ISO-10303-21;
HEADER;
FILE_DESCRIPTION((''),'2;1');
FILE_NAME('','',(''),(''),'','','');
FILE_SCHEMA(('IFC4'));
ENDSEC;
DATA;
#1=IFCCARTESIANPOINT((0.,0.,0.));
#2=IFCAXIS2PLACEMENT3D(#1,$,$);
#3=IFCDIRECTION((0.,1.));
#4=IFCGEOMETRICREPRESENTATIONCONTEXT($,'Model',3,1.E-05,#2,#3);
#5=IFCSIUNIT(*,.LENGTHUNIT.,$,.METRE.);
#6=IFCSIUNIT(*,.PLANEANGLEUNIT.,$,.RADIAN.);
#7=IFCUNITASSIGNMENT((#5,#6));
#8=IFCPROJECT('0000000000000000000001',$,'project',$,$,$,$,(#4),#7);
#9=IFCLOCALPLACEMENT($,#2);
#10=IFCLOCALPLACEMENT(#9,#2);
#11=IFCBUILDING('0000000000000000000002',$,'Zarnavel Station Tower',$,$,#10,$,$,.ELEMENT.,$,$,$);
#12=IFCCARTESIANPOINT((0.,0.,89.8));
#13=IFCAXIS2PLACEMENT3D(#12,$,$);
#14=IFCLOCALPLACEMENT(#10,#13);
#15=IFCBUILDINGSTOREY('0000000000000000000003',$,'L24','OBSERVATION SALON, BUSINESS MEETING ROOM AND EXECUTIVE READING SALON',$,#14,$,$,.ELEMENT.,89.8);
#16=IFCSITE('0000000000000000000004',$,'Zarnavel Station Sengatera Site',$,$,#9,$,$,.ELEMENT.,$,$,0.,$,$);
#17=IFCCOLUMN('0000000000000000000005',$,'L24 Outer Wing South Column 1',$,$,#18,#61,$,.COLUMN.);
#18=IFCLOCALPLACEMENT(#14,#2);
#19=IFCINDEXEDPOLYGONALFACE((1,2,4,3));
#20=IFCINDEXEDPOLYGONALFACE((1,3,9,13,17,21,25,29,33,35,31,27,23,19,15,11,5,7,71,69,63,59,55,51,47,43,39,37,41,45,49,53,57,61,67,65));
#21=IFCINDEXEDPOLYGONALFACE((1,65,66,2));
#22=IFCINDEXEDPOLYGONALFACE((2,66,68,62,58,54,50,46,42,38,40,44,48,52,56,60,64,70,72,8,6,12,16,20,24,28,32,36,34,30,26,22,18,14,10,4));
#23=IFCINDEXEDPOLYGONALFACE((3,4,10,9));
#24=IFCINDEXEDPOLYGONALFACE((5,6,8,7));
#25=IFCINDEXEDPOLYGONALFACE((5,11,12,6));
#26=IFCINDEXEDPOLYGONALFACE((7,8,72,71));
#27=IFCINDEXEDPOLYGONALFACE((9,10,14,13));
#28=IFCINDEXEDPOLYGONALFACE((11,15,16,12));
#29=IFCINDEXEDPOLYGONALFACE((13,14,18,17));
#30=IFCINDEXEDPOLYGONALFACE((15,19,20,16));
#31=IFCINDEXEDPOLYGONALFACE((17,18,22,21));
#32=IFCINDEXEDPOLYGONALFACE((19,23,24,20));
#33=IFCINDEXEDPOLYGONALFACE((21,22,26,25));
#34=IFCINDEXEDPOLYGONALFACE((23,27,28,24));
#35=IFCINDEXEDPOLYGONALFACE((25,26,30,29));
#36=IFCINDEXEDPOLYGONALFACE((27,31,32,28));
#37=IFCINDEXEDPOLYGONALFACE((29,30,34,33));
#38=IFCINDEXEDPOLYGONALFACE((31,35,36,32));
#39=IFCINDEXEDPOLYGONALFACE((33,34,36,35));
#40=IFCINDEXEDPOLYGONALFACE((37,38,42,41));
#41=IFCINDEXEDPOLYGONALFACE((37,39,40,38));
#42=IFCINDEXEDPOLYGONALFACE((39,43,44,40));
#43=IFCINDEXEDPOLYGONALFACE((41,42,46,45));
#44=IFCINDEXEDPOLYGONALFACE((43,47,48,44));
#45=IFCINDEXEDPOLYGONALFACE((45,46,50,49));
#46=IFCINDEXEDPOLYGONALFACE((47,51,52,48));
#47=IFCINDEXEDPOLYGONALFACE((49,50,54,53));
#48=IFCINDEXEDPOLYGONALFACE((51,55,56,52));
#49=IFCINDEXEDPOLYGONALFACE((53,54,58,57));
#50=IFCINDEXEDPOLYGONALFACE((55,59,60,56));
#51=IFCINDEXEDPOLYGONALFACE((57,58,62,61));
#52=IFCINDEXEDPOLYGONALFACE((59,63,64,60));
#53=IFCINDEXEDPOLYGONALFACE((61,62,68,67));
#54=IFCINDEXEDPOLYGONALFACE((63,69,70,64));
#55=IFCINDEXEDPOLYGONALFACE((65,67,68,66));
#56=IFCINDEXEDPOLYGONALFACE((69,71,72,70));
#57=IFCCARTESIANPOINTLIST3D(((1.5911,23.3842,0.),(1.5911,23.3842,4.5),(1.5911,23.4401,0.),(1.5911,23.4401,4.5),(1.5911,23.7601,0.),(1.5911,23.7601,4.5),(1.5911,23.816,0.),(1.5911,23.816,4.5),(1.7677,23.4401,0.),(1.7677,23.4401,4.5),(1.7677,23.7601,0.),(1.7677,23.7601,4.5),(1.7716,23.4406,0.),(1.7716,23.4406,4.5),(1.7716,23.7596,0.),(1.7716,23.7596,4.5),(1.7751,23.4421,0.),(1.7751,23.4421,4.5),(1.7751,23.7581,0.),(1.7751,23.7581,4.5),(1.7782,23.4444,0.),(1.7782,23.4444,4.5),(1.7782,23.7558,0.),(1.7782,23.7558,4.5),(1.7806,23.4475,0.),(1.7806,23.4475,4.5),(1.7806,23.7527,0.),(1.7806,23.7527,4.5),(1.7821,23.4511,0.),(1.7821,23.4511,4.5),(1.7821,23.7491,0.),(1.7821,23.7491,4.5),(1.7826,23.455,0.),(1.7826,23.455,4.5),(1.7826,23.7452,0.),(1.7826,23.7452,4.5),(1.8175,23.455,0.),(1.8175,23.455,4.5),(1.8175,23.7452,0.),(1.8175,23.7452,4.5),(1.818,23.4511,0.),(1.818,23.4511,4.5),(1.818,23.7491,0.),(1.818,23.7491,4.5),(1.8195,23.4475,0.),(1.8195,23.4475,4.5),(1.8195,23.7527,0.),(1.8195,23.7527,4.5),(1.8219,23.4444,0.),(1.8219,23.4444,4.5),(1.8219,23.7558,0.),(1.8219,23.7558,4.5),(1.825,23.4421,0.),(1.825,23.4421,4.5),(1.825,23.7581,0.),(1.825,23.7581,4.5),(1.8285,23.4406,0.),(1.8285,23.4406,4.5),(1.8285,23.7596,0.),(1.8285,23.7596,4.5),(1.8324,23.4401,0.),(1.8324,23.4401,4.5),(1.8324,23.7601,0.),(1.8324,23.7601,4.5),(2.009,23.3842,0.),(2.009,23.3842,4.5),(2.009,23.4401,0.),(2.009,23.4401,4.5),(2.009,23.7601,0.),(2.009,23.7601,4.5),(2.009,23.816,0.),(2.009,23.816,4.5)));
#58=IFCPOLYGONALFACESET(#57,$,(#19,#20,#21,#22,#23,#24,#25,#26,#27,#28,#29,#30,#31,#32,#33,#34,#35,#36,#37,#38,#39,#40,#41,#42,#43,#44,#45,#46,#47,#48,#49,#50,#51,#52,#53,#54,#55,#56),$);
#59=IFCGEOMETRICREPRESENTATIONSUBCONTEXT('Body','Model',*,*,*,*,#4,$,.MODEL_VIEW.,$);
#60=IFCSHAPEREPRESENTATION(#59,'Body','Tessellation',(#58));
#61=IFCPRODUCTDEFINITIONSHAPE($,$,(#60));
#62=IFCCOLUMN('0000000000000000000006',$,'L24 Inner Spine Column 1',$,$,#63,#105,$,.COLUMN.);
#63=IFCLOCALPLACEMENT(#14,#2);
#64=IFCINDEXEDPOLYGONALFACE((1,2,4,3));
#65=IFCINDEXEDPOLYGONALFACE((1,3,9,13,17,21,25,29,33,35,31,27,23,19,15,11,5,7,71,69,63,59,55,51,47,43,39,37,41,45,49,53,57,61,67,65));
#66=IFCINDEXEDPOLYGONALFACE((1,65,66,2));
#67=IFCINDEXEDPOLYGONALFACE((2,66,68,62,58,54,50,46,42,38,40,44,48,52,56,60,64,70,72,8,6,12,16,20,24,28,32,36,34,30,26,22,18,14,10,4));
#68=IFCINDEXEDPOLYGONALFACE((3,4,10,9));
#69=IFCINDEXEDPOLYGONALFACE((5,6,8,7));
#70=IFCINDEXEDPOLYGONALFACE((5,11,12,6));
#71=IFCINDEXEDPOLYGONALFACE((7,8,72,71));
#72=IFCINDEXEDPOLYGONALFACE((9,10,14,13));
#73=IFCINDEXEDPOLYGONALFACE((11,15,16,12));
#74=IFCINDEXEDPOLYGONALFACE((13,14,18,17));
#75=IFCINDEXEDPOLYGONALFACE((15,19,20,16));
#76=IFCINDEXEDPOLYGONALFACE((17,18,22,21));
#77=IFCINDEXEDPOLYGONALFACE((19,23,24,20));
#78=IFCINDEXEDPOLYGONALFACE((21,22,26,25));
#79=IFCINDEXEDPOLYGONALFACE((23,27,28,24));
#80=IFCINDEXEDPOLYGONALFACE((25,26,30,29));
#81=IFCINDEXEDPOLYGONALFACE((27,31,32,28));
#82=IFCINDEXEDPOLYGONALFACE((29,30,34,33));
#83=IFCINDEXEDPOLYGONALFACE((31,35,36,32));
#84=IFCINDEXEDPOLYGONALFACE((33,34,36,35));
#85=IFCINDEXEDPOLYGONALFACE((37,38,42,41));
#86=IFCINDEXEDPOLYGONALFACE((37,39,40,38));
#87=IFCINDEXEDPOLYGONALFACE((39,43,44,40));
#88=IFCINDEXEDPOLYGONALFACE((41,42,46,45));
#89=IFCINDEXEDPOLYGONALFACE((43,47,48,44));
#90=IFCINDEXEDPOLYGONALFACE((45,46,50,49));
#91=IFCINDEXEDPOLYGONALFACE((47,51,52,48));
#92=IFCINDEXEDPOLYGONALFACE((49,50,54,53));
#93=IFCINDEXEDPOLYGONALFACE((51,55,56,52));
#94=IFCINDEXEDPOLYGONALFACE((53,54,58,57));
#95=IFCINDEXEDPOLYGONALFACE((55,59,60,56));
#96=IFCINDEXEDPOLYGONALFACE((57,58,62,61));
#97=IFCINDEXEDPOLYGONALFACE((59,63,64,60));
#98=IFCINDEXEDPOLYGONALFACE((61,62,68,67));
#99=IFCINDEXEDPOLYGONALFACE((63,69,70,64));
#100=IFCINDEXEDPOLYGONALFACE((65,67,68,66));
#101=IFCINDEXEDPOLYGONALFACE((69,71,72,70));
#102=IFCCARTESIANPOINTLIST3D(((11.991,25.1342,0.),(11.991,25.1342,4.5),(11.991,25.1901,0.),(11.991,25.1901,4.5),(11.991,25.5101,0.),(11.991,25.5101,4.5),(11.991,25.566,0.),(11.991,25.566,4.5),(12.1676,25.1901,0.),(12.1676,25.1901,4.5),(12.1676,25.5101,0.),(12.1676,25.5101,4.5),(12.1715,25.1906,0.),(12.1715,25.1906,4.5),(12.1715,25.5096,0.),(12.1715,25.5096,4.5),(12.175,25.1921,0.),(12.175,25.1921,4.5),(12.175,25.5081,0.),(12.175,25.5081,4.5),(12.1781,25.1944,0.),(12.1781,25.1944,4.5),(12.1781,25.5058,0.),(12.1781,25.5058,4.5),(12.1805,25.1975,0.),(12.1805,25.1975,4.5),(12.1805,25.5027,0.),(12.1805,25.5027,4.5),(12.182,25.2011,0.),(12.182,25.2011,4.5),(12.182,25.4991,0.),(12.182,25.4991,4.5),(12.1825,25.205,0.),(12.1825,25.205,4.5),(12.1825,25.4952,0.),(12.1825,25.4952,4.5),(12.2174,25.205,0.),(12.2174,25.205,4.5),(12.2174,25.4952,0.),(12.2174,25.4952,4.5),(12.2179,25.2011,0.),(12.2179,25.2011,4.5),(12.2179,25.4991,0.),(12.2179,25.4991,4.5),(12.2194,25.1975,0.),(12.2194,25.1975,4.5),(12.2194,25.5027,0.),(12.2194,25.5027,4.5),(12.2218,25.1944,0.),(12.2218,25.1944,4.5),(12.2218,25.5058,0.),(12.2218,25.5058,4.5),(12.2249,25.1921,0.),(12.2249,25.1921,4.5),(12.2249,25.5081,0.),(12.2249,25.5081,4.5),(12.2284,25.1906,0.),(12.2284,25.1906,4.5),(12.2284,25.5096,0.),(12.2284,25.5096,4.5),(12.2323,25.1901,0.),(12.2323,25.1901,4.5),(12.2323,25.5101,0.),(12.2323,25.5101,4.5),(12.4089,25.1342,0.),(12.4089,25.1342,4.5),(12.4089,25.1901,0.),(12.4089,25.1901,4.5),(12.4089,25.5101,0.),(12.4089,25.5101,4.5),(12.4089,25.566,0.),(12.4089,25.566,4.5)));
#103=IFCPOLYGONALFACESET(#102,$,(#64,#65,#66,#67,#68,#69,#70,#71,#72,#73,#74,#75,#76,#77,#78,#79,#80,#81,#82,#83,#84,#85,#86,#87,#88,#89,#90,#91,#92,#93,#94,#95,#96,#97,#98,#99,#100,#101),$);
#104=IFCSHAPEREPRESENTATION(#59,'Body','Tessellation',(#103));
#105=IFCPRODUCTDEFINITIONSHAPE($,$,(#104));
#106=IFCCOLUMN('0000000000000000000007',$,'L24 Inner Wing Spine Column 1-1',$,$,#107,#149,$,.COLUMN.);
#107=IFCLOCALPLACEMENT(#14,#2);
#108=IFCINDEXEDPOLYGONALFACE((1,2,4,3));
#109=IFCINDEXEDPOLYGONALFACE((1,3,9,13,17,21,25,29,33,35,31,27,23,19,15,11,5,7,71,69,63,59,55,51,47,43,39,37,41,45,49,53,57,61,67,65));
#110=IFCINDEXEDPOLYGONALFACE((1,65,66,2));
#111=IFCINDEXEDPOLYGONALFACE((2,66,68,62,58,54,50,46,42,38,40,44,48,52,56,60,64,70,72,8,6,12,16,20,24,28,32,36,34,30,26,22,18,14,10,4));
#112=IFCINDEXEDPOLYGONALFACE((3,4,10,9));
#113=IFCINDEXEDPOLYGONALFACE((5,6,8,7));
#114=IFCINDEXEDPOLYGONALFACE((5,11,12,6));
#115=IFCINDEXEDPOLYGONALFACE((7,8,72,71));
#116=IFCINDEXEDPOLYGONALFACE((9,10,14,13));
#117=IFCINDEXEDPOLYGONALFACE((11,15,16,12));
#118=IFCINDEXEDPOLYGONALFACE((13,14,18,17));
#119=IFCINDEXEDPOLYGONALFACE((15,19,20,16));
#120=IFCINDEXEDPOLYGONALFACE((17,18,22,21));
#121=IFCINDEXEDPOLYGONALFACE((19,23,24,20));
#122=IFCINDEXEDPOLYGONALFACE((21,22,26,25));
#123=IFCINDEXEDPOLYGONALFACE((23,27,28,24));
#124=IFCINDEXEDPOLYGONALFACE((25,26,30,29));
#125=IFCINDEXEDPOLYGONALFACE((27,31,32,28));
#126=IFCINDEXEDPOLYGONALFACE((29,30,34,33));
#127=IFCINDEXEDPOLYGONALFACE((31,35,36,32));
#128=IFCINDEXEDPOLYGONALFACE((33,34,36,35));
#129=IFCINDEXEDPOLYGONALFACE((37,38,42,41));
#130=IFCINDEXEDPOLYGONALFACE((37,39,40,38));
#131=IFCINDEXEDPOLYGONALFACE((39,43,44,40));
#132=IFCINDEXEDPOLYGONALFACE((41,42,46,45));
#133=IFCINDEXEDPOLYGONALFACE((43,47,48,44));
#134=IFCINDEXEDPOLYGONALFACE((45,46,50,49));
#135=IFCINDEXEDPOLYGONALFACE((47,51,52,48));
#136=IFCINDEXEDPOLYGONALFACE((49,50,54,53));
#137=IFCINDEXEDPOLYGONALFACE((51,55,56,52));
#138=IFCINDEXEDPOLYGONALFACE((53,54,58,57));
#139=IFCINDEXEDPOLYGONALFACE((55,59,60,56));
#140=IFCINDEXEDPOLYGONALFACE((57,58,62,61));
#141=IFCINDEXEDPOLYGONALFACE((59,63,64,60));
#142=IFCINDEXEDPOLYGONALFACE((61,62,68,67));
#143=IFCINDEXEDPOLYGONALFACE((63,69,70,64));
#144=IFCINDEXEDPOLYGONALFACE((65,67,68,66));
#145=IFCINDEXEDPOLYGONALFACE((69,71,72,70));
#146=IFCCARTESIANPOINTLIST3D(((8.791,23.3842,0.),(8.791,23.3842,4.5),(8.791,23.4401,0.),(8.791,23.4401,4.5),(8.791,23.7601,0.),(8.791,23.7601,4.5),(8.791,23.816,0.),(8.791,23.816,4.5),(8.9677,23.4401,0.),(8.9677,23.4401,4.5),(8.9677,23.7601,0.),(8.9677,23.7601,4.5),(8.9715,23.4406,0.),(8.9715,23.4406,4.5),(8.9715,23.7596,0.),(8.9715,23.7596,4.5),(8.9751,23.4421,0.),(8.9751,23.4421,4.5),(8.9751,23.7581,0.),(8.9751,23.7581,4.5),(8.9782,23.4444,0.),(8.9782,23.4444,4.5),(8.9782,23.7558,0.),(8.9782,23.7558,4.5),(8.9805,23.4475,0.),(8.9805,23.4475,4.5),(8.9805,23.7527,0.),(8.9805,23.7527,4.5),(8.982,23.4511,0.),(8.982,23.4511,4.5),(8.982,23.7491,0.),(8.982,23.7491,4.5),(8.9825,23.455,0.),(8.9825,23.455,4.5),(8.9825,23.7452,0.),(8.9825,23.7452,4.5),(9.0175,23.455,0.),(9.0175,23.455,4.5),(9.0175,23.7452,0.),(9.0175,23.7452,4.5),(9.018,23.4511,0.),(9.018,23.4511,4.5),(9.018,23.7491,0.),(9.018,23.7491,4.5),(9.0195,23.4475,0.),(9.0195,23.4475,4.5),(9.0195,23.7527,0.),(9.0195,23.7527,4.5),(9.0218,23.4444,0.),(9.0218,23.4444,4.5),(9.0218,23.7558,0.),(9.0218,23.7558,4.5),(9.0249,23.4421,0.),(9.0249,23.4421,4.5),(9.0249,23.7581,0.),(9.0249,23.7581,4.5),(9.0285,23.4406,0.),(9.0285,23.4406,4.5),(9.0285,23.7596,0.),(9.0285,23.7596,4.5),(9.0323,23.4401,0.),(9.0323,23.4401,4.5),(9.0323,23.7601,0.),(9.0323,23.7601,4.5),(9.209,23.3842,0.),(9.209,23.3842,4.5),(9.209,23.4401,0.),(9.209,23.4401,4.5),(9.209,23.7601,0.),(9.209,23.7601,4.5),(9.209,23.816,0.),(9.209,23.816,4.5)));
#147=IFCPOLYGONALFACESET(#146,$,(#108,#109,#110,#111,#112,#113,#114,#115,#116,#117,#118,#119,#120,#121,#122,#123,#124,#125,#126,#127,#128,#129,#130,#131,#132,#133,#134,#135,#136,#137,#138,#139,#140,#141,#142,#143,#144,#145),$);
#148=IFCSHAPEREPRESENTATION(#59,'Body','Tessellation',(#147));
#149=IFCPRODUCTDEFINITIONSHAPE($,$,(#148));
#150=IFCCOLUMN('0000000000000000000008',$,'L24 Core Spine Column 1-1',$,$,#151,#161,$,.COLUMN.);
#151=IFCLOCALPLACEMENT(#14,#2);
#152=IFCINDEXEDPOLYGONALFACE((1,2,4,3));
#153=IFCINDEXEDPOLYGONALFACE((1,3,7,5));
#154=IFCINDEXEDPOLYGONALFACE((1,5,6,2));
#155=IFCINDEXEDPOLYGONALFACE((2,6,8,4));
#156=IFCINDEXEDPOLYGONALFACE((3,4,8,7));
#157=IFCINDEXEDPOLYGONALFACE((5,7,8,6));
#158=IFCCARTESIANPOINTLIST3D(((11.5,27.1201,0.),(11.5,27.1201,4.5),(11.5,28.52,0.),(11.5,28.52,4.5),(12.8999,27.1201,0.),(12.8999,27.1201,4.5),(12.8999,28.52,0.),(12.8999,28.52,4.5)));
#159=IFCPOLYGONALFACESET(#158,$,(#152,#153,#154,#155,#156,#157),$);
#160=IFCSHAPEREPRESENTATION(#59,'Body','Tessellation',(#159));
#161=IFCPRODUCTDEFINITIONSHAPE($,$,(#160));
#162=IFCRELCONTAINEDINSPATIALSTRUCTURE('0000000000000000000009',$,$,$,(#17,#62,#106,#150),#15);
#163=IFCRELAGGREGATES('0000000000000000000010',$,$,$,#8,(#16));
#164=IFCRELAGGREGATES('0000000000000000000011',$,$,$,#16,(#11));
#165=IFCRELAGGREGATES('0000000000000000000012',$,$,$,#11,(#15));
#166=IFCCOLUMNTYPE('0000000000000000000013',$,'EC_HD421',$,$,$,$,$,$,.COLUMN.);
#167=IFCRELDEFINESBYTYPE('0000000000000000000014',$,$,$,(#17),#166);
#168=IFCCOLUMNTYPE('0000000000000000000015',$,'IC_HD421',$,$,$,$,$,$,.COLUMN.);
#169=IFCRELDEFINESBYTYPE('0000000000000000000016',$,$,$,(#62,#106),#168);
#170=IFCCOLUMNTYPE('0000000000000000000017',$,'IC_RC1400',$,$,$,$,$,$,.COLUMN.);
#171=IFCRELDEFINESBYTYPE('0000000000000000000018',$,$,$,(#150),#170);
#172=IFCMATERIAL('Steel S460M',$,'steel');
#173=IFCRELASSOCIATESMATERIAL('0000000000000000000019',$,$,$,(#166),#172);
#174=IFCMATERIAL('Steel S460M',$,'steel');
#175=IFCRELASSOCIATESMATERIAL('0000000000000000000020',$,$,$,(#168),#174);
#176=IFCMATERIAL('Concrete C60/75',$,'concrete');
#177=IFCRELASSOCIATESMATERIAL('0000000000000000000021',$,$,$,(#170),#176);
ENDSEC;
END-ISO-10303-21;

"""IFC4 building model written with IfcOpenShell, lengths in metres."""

from ifc_helpers import new_model, si_unit, direction, frame, origin, origin_2d, place, context, subcontext, project, spatial, rectangle, i_section, extrude, material, material_profile, profile_set, type_object, element, save


model = new_model("IFC4")

# Units and contexts
model_context = context("Model", 3, precision=1e-05, world=origin(), true_north=direction((0.0, 1.0)))
body_context = subcontext(model_context, "Body", "Model", "MODEL_VIEW")
ifc_project = project(units=[si_unit("LENGTHUNIT", "METRE"), si_unit("PLANEANGLEUNIT", "RADIAN")], contexts=[model_context])

# Site, building, storey
site_placement = place(None, origin())
site = spatial("IfcSite", under=ifc_project, at=site_placement, Name="Zarnavel Station Sengatera Site", CompositionType="ELEMENT", RefElevation=0.0)
building_placement = place(site_placement, origin())
building = spatial("IfcBuilding", under=site, at=building_placement, Name="Zarnavel Station Tower", CompositionType="ELEMENT")
storey_placement = place(building_placement, frame((0.0, 0.0, 89.8)))
storey = spatial("IfcBuildingStorey", under=building, at=storey_placement, Name="L24", Description="OBSERVATION SALON, BUSINESS MEETING ROOM AND EXECUTIVE READING SALON", CompositionType="ELEMENT", Elevation=89.8)

# Columns
ifc_material_1 = material(Name="Steel S460M", Category="steel")
ifc_material_profile_1 = material_profile(ifc_material_1, i_section(OverallWidth=0.418, OverallDepth=0.4319, WebThickness=0.0349, FlangeThickness=0.0559, FilletRadius=0.0149, at=origin_2d()), Name="HD400x421")
ifc_profile_set_1 = profile_set([ifc_material_profile_1], Name="Steel S460M")
column_type_1 = type_object("IfcColumnType", Name="EC_HD421", PredefinedType="COLUMN", material=ifc_profile_set_1)
column_1_placement = place(storey_placement, frame((1.8, 23.6001, 0.0), z_axis=(0.0, 0.0, 1.0), x_axis=(1.0, 0.0, 0.0)))
element("IfcColumn", 1, at=column_1_placement, inside=storey, type_object=column_type_1, Name="L24 Outer Wing South Column 1", PredefinedType="COLUMN", context=body_context, shape_type="SweptSolid", body=[
    extrude(i_section(OverallWidth=0.418, OverallDepth=0.4319, WebThickness=0.0349, FlangeThickness=0.0559, FilletRadius=0.0149, at=origin_2d()), origin(), (0.0, 0.0, 1.0), 4.5),
])
ifc_material_2 = material(Name="Steel S460M", Category="steel")
ifc_material_profile_2 = material_profile(ifc_material_2, i_section(OverallWidth=0.418, OverallDepth=0.4319, WebThickness=0.0349, FlangeThickness=0.0559, FilletRadius=0.0149, at=origin_2d()), Name="HD400x421")
ifc_profile_set_2 = profile_set([ifc_material_profile_2], Name="Steel S460M")
column_type_2 = type_object("IfcColumnType", Name="IC_HD421", PredefinedType="COLUMN", material=ifc_profile_set_2)
for number, where, z_axis, x_axis, name in (
    (2, (12.2, 25.3501, 0.0), (0.0, 0.0, 1.0), (1.0, 0.0, 0.0), "L24 Inner Spine Column 1"),
    (3, (9.0, 23.6001, 0.0), (0.0, 0.0, 1.0), (1.0, 0.0, 0.0), "L24 Inner Wing Spine Column 1-1"),
):
    element("IfcColumn", number, at=place(storey_placement, frame(where, z_axis=z_axis, x_axis=x_axis)), inside=storey, type_object=column_type_2, Name=name, PredefinedType="COLUMN", context=body_context, shape_type="SweptSolid", body=[
        extrude(i_section(OverallWidth=0.418, OverallDepth=0.4319, WebThickness=0.0349, FlangeThickness=0.0559, FilletRadius=0.0149, at=origin_2d()), origin(), (0.0, 0.0, 1.0), 4.5),
    ])
ifc_material_3 = material(Name="Concrete C60/75", Category="concrete")
ifc_material_profile_3 = material_profile(ifc_material_3, rectangle(XDim=1.3999, YDim=1.3999, at=origin_2d()), Name="RC1400x1400")
ifc_profile_set_3 = profile_set([ifc_material_profile_3], Name="Concrete C60/75")
column_type_3 = type_object("IfcColumnType", Name="IC_RC1400", PredefinedType="COLUMN", material=ifc_profile_set_3)
column_2_placement = place(storey_placement, frame((12.2, 27.8201, 0.0), z_axis=(0.0, 0.0, 1.0), x_axis=(1.0, 0.0, 0.0)))
element("IfcColumn", 4, at=column_2_placement, inside=storey, type_object=column_type_3, Name="L24 Core Spine Column 1-1", PredefinedType="COLUMN", context=body_context, shape_type="SweptSolid", body=[
    extrude(rectangle(XDim=1.3999, YDim=1.3999, at=origin_2d()), origin(), (0.0, 0.0, 1.0), 4.5),
])

save(model, "model.ifc")
